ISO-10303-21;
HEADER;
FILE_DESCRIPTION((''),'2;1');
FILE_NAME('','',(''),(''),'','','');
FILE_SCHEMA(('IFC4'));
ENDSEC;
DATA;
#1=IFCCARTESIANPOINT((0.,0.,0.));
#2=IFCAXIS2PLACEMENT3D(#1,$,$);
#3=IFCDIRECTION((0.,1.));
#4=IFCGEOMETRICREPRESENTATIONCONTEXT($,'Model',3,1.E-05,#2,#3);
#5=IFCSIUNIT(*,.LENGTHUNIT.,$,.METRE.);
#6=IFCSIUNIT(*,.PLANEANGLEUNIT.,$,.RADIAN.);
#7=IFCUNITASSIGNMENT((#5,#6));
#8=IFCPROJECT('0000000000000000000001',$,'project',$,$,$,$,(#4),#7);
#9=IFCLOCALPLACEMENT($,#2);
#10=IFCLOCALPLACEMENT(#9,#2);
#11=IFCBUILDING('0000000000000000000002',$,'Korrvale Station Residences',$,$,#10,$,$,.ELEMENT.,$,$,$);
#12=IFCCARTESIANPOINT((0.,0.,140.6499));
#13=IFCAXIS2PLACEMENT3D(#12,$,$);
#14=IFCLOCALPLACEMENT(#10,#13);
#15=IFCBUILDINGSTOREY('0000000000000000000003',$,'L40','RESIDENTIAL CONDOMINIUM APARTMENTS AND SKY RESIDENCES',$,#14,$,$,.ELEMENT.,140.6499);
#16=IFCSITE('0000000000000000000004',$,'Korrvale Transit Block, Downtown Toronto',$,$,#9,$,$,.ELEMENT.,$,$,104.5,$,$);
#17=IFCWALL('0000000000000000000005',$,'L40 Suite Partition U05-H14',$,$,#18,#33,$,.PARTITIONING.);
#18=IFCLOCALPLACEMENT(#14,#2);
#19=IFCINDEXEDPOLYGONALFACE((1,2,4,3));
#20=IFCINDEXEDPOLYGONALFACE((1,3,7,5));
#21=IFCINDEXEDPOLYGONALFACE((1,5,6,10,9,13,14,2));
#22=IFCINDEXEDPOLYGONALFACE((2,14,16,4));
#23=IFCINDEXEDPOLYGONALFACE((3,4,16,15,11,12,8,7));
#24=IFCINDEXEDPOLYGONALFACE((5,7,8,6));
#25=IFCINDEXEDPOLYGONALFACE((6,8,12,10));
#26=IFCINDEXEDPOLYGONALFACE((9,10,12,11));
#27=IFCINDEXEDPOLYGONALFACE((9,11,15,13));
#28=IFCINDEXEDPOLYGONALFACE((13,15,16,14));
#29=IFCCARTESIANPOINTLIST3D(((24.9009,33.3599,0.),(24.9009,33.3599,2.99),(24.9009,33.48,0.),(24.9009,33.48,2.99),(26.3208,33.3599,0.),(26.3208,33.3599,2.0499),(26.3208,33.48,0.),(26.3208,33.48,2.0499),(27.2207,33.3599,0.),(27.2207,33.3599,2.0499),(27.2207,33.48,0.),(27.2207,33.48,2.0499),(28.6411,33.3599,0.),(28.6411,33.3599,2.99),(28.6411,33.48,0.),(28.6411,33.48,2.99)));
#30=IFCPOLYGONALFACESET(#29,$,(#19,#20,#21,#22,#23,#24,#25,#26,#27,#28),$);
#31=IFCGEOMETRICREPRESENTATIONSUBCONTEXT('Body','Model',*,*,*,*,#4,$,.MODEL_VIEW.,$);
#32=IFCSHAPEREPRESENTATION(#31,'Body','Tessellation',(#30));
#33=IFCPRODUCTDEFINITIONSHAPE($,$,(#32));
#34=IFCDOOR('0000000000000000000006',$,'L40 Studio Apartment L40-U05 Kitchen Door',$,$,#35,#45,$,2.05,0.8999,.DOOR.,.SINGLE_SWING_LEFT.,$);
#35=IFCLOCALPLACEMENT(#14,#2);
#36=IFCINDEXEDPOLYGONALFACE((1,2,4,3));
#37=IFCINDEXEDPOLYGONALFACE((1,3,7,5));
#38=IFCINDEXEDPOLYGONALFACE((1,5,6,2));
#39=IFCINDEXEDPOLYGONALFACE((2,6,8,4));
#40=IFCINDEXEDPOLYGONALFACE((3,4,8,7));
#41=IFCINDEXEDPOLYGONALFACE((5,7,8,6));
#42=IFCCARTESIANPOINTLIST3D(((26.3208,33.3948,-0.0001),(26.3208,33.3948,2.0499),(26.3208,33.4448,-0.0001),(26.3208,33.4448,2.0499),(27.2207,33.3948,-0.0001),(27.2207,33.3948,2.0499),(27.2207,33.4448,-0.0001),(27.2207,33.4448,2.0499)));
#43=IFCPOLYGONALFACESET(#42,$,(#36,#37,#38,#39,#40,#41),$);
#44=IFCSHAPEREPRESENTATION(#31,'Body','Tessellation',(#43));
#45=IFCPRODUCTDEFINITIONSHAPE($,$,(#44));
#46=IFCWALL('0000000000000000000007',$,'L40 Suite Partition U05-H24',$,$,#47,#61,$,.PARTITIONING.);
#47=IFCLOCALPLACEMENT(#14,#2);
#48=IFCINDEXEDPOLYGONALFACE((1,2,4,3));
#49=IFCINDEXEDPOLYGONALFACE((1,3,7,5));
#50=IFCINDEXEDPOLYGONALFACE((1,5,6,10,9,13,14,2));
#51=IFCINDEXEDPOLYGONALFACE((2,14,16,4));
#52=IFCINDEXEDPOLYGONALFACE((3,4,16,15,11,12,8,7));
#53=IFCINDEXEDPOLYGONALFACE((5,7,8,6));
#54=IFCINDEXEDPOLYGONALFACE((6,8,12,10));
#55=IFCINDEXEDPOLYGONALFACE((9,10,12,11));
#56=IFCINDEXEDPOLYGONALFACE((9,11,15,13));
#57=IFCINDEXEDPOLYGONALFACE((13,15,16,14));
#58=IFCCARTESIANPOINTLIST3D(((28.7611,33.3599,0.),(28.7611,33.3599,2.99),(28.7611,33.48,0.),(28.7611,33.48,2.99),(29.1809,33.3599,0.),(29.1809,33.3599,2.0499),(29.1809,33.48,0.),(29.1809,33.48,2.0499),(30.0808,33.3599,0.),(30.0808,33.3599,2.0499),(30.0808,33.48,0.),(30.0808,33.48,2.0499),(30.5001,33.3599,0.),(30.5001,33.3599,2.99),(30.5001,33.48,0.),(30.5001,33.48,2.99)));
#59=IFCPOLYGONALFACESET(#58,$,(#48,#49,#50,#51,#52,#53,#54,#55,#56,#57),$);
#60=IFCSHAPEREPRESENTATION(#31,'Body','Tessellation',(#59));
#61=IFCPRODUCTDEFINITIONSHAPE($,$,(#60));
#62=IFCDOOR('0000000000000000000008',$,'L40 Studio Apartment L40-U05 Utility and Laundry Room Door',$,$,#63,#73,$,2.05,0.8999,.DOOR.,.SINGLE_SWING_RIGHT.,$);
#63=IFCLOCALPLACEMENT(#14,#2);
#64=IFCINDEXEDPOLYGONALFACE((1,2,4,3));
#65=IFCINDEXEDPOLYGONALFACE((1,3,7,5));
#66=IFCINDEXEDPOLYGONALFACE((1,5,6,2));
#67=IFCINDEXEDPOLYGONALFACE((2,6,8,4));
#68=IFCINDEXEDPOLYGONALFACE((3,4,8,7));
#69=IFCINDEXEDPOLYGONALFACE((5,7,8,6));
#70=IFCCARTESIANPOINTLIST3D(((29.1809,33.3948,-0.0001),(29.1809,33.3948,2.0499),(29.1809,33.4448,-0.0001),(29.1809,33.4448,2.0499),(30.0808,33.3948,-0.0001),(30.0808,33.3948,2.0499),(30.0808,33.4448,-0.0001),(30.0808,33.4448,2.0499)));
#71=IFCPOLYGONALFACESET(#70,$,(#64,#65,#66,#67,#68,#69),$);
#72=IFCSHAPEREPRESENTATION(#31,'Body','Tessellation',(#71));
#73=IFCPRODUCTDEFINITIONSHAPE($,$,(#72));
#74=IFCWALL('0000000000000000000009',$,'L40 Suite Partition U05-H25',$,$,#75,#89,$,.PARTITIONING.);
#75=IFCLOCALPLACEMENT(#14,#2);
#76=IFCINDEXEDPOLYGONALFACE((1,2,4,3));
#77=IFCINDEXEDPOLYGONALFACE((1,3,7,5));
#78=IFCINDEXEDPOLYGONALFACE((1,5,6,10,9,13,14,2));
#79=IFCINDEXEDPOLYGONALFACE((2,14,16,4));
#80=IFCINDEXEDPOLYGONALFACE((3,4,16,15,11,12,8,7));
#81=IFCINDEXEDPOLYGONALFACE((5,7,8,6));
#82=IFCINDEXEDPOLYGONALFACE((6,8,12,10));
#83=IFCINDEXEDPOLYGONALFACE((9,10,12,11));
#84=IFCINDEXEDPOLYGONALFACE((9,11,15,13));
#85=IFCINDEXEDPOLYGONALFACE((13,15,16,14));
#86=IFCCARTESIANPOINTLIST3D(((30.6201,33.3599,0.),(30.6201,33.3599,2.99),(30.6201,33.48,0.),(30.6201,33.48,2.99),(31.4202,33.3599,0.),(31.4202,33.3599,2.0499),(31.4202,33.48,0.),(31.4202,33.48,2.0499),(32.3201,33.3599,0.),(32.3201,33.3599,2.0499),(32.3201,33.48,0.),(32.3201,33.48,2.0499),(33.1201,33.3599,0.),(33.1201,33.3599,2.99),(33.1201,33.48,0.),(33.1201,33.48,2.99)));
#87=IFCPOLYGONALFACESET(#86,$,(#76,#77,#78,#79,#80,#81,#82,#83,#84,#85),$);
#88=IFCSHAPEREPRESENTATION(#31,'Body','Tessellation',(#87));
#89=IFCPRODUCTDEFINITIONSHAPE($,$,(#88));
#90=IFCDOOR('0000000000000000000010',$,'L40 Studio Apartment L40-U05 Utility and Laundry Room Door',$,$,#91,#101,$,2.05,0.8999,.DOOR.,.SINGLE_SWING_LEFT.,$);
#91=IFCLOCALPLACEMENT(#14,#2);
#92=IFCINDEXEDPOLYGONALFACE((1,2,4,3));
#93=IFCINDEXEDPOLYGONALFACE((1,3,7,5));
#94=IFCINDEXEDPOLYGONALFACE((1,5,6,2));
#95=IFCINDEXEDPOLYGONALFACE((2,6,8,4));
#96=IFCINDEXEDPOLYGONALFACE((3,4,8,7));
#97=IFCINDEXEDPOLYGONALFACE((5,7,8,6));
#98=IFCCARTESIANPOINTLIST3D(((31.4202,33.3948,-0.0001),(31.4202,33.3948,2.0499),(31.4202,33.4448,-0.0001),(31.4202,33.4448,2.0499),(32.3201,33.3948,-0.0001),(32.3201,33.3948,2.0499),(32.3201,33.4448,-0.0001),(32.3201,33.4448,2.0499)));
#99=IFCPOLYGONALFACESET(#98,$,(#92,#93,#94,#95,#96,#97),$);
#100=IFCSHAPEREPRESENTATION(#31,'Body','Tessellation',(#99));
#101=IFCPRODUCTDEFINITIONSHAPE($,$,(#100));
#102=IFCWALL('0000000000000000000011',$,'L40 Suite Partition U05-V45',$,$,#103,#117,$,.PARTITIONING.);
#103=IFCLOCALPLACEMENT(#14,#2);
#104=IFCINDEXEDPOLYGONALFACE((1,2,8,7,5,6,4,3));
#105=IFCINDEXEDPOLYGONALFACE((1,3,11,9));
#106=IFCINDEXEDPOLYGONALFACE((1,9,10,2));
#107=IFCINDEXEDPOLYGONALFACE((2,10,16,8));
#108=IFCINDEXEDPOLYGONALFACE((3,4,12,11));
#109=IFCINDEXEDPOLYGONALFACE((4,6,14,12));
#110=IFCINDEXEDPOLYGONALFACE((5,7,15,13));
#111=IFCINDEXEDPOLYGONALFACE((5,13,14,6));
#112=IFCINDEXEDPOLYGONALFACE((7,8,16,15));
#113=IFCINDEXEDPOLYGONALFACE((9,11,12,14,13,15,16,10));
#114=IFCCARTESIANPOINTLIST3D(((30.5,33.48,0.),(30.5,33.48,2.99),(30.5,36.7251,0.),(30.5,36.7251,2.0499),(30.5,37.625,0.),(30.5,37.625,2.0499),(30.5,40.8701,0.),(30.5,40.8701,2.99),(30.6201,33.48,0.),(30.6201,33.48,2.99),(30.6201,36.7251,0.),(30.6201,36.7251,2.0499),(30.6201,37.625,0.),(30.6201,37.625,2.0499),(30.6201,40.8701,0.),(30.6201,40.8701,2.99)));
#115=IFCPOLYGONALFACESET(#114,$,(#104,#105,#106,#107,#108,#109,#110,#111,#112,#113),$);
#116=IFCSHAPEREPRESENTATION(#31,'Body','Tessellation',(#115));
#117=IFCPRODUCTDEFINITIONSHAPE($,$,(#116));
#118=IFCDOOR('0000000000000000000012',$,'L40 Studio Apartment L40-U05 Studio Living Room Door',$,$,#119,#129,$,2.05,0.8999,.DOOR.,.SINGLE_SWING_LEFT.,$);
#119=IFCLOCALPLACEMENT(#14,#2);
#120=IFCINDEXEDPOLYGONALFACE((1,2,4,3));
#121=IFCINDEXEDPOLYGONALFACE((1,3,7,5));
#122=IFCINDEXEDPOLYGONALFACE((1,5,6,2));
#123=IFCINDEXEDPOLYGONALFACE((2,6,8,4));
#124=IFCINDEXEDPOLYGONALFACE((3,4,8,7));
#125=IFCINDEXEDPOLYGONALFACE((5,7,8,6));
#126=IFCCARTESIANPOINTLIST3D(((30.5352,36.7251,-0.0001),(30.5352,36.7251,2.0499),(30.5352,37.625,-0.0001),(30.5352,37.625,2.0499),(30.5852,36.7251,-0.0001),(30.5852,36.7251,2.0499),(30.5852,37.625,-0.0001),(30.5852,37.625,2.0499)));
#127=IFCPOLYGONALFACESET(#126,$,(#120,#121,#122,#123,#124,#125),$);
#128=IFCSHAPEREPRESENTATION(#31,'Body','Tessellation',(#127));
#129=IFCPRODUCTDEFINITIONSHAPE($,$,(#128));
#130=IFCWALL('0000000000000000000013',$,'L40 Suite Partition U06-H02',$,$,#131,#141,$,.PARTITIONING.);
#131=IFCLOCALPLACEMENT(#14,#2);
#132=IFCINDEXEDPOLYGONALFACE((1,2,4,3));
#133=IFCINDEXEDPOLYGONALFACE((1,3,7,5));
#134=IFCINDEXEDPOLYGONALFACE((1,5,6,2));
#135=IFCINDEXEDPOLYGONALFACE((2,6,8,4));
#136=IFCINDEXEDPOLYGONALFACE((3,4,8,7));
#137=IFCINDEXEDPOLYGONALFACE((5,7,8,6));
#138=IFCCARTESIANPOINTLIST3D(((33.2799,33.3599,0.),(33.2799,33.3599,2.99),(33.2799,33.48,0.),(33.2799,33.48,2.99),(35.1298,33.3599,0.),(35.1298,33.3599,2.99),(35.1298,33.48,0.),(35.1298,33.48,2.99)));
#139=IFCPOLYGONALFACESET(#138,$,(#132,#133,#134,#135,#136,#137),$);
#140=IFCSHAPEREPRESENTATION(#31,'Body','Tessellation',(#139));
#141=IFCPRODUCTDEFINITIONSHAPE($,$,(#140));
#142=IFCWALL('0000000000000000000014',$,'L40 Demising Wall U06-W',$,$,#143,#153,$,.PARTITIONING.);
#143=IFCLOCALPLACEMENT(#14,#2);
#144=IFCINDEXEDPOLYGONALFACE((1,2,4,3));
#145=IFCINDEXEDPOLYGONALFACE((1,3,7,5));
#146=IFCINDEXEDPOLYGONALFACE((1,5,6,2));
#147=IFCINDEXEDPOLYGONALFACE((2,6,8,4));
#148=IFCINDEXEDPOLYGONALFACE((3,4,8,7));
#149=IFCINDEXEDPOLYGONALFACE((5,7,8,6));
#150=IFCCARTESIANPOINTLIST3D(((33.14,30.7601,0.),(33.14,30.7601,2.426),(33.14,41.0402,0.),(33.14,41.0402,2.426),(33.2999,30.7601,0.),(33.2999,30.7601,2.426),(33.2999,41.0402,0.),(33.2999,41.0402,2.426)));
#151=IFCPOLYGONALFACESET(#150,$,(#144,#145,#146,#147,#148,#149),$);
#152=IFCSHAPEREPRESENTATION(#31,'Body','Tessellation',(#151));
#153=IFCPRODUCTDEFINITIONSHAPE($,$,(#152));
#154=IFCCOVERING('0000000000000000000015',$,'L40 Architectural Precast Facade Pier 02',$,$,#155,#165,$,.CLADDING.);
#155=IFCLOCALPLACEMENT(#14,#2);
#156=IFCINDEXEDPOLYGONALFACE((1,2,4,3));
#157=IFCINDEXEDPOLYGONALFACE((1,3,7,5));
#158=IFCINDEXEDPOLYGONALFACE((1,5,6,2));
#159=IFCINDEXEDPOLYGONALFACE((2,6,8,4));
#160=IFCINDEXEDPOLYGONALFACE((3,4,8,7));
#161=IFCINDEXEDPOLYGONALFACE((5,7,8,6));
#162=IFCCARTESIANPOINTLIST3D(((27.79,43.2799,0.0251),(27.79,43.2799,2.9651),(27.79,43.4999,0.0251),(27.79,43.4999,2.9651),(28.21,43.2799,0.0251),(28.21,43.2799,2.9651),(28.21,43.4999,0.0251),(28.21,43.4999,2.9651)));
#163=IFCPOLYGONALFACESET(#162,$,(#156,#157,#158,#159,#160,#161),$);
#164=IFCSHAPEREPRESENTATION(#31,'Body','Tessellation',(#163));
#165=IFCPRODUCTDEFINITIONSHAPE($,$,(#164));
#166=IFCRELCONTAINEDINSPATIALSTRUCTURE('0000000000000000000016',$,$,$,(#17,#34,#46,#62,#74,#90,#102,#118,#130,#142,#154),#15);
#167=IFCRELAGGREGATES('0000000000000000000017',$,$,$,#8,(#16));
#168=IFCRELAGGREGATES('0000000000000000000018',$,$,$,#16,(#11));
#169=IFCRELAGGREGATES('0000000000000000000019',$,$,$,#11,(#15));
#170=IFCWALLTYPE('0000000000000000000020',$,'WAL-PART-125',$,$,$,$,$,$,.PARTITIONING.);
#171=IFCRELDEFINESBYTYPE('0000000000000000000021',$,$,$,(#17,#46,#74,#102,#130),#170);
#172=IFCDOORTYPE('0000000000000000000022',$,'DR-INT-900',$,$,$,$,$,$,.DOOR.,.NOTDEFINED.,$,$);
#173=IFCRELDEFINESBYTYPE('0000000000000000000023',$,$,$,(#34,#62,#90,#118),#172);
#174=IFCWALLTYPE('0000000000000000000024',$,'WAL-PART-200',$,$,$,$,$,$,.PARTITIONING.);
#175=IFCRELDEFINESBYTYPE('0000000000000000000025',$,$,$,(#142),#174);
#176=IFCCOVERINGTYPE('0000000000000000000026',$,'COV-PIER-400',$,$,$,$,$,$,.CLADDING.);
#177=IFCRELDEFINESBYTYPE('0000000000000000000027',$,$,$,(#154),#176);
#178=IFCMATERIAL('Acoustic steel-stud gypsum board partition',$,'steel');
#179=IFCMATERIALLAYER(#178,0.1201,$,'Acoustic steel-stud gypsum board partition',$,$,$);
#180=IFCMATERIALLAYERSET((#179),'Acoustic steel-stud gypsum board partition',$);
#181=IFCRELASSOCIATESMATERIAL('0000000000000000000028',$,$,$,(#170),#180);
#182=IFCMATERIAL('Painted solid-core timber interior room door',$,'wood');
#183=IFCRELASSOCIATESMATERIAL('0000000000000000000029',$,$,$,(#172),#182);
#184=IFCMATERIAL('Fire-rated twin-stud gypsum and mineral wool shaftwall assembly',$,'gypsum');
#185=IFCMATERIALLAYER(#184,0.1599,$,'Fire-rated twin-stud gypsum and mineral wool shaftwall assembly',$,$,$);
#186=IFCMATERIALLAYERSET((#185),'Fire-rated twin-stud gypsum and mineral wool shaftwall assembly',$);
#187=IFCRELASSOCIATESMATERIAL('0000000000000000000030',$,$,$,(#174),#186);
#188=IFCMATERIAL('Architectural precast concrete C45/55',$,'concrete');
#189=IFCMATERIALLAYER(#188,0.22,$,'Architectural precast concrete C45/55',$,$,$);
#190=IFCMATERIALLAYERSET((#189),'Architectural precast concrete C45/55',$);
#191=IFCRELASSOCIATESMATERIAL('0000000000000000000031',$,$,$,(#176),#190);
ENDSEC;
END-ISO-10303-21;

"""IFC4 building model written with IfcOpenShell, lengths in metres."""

from ifc_helpers import new_model, si_unit, direction, frame, frame_2d, origin, origin_2d, place, context, subcontext, project, spatial, rectangle, extrude, material, layer, layer_set, type_object, element, fill, save


model = new_model("IFC4")

# Units and contexts
model_context = context("Model", 3, precision=1e-05, world=origin(), true_north=direction((0.0, 1.0)))
body_context = subcontext(model_context, "Body", "Model", "MODEL_VIEW")
ifc_project = project(units=[si_unit("LENGTHUNIT", "METRE"), si_unit("PLANEANGLEUNIT", "RADIAN")], contexts=[model_context])

# Site, building, storey
site_placement = place(None, origin())
site = spatial("IfcSite", under=ifc_project, at=site_placement, Name="Korrvale Transit Block, Downtown Toronto", CompositionType="ELEMENT", RefElevation=104.5)
building_placement = place(site_placement, origin())
building = spatial("IfcBuilding", under=site, at=building_placement, Name="Korrvale Station Residences", CompositionType="ELEMENT")
storey_placement = place(building_placement, frame((0.0, 0.0, 140.6499)))
storey = spatial("IfcBuildingStorey", under=building, at=storey_placement, Name="L40", Description="RESIDENTIAL CONDOMINIUM APARTMENTS AND SKY RESIDENCES", CompositionType="ELEMENT", Elevation=140.6499)

# Walls, openings, doors
ifc_material_1 = material(Name="Acoustic steel-stud gypsum board partition", Category="steel")
ifc_layer_1 = layer(ifc_material_1, 0.1201, Name="Acoustic steel-stud gypsum board partition")
ifc_layer_set_1 = layer_set([ifc_layer_1], Name="Acoustic steel-stud gypsum board partition")
wall_type_1 = type_object("IfcWallType", Name="WAL-PART-125", PredefinedType="PARTITIONING", material=ifc_layer_set_1)
ifc_material_2 = material(Name="Painted solid-core timber interior room door", Category="wood")
door_type_1 = type_object("IfcDoorType", Name="DR-INT-900", OperationType="NOTDEFINED", PredefinedType="DOOR", material=ifc_material_2)
wall_1_placement = place(storey_placement, frame((24.9009, 33.4199, 0.0), z_axis=(0.0, 0.0, 1.0), x_axis=(1.0, 0.0, 0.0)))
wall_1 = element("IfcWall", 1, at=wall_1_placement, inside=storey, type_object=wall_type_1, Name="L40 Suite Partition U05-H14", PredefinedType="PARTITIONING", context=body_context, shape_type="SweptSolid", body=[
    extrude(rectangle(XDim=3.7402, YDim=0.1201, at=frame_2d((1.8701, 0.0))), origin(), (0.0, 0.0, 1.0), 2.99),
])
opening_1_placement = place(wall_1_placement, frame((1.4199, 0.0, 0.0)))
opening_1 = element("IfcOpeningElement", 2, at=opening_1_placement, cuts=wall_1, PredefinedType="OPENING", context=body_context, shape_type="SweptSolid", body=[
    extrude(rectangle(XDim=0.8999, YDim=2.05, at=frame_2d((0.45, 1.0249))), frame((0.0, 0.0701, 0.0), z_axis=(0.0, -1.0, 0.0), x_axis=(1.0, 0.0, 0.0)), (0.0, 0.0, 1.0), 0.1401),
])
door_1_placement = place(opening_1_placement, origin())
door_1 = element("IfcDoor", 3, at=door_1_placement, inside=storey, type_object=door_type_1, Name="L40 Studio Apartment L40-U05 Kitchen Door", OperationType="SINGLE_SWING_LEFT", OverallHeight=2.05, OverallWidth=0.8999, PredefinedType="DOOR", context=body_context, shape_type="SweptSolid", body=[
    extrude(rectangle(XDim=0.8999, YDim=2.05, at=frame_2d((0.45, 1.0249))), frame((0.0, 0.0249, 0.0), z_axis=(0.0, -1.0, 0.0), x_axis=(1.0, 0.0, 0.0)), (0.0, 0.0, 1.0), 0.05),
])
fill(opening_1, door_1)
wall_2_placement = place(storey_placement, frame((28.761, 33.4199, 0.0), z_axis=(0.0, 0.0, 1.0), x_axis=(1.0, 0.0, 0.0)))
wall_2 = element("IfcWall", 4, at=wall_2_placement, inside=storey, type_object=wall_type_1, Name="L40 Suite Partition U05-H24", PredefinedType="PARTITIONING", context=body_context, shape_type="SweptSolid", body=[
    extrude(rectangle(XDim=1.739, YDim=0.1201, at=frame_2d((0.8696, 0.0))), origin(), (0.0, 0.0, 1.0), 2.99),
])
opening_2_placement = place(wall_2_placement, frame((0.4199, 0.0, 0.0)))
opening_2 = element("IfcOpeningElement", 5, at=opening_2_placement, cuts=wall_2, PredefinedType="OPENING", context=body_context, shape_type="SweptSolid", body=[
    extrude(rectangle(XDim=0.8999, YDim=2.05, at=frame_2d((0.45, 1.0249))), frame((0.0, 0.0701, 0.0), z_axis=(0.0, -1.0, 0.0), x_axis=(1.0, 0.0, 0.0)), (0.0, 0.0, 1.0), 0.1401),
])
door_2_placement = place(opening_2_placement, origin())
door_2 = element("IfcDoor", 6, at=door_2_placement, inside=storey, type_object=door_type_1, Name="L40 Studio Apartment L40-U05 Utility and Laundry Room Door", OperationType="SINGLE_SWING_RIGHT", OverallHeight=2.05, OverallWidth=0.8999, PredefinedType="DOOR", context=body_context, shape_type="SweptSolid", body=[
    extrude(rectangle(XDim=0.8999, YDim=2.05, at=frame_2d((0.45, 1.0249))), frame((0.0, 0.0249, 0.0), z_axis=(0.0, -1.0, 0.0), x_axis=(1.0, 0.0, 0.0)), (0.0, 0.0, 1.0), 0.05),
])
fill(opening_2, door_2)
wall_3_placement = place(storey_placement, frame((30.6201, 33.4199, 0.0), z_axis=(0.0, 0.0, 1.0), x_axis=(1.0, 0.0, 0.0)))
wall_3 = element("IfcWall", 7, at=wall_3_placement, inside=storey, type_object=wall_type_1, Name="L40 Suite Partition U05-H25", PredefinedType="PARTITIONING", context=body_context, shape_type="SweptSolid", body=[
    extrude(rectangle(XDim=2.5, YDim=0.1201, at=frame_2d((1.25, 0.0))), origin(), (0.0, 0.0, 1.0), 2.99),
])
opening_3_placement = place(wall_3_placement, frame((0.8, 0.0, 0.0)))
opening_3 = element("IfcOpeningElement", 8, at=opening_3_placement, cuts=wall_3, PredefinedType="OPENING", context=body_context, shape_type="SweptSolid", body=[
    extrude(rectangle(XDim=0.8999, YDim=2.05, at=frame_2d((0.45, 1.0249))), frame((0.0, 0.0701, 0.0), z_axis=(0.0, -1.0, 0.0), x_axis=(1.0, 0.0, 0.0)), (0.0, 0.0, 1.0), 0.1401),
])
door_3_placement = place(opening_3_placement, origin())
door_3 = element("IfcDoor", 9, at=door_3_placement, inside=storey, type_object=door_type_1, Name="L40 Studio Apartment L40-U05 Utility and Laundry Room Door", OperationType="SINGLE_SWING_LEFT", OverallHeight=2.05, OverallWidth=0.8999, PredefinedType="DOOR", context=body_context, shape_type="SweptSolid", body=[
    extrude(rectangle(XDim=0.8999, YDim=2.05, at=frame_2d((0.45, 1.0249))), frame((0.0, 0.0249, 0.0), z_axis=(0.0, -1.0, 0.0), x_axis=(1.0, 0.0, 0.0)), (0.0, 0.0, 1.0), 0.05),
])
fill(opening_3, door_3)
wall_4_placement = place(storey_placement, frame((30.5601, 33.48, 0.0), z_axis=(0.0, 0.0, 1.0), x_axis=(0.0, 1.0, 0.0)))
wall_4 = element("IfcWall", 10, at=wall_4_placement, inside=storey, type_object=wall_type_1, Name="L40 Suite Partition U05-V45", PredefinedType="PARTITIONING", context=body_context, shape_type="SweptSolid", body=[
    extrude(rectangle(XDim=7.3901, YDim=0.1201, at=frame_2d((3.6951, 0.0))), origin(), (0.0, 0.0, 1.0), 2.99),
])
opening_4_placement = place(wall_4_placement, frame((3.2451, 0.0, 0.0)))
opening_4 = element("IfcOpeningElement", 11, at=opening_4_placement, cuts=wall_4, PredefinedType="OPENING", context=body_context, shape_type="SweptSolid", body=[
    extrude(rectangle(XDim=0.8999, YDim=2.05, at=frame_2d((0.45, 1.0249))), frame((0.0, 0.0701, 0.0), z_axis=(0.0, -1.0, 0.0), x_axis=(1.0, 0.0, 0.0)), (0.0, 0.0, 1.0), 0.1401),
])
door_4_placement = place(opening_4_placement, origin())
door_4 = element("IfcDoor", 12, at=door_4_placement, inside=storey, type_object=door_type_1, Name="L40 Studio Apartment L40-U05 Studio Living Room Door", OperationType="SINGLE_SWING_LEFT", OverallHeight=2.05, OverallWidth=0.8999, PredefinedType="DOOR", context=body_context, shape_type="SweptSolid", body=[
    extrude(rectangle(XDim=0.8999, YDim=2.05, at=frame_2d((0.45, 1.0249))), frame((0.0, 0.0249, 0.0), z_axis=(0.0, -1.0, 0.0), x_axis=(1.0, 0.0, 0.0)), (0.0, 0.0, 1.0), 0.05),
])
fill(opening_4, door_4)

# Walls
wall_5_placement = place(storey_placement, frame((33.28, 33.4199, 0.0), z_axis=(0.0, 0.0, 1.0), x_axis=(1.0, 0.0, 0.0)))
element("IfcWall", 13, at=wall_5_placement, inside=storey, type_object=wall_type_1, Name="L40 Suite Partition U06-H02", PredefinedType="PARTITIONING", context=body_context, shape_type="SweptSolid", body=[
    extrude(rectangle(XDim=1.8499, YDim=0.1201, at=frame_2d((0.9248, 0.0))), origin(), (0.0, 0.0, 1.0), 2.99),
])
ifc_material_3 = material(Name="Fire-rated twin-stud gypsum and mineral wool shaftwall assembly", Category="gypsum")
ifc_layer_2 = layer(ifc_material_3, 0.1599, Name="Fire-rated twin-stud gypsum and mineral wool shaftwall assembly")
ifc_layer_set_2 = layer_set([ifc_layer_2], Name="Fire-rated twin-stud gypsum and mineral wool shaftwall assembly")
wall_type_2 = type_object("IfcWallType", Name="WAL-PART-200", PredefinedType="PARTITIONING", material=ifc_layer_set_2)
wall_6_placement = place(storey_placement, frame((33.22, 30.76, 0.0), z_axis=(0.0, 0.0, 1.0), x_axis=(0.0, 1.0, 0.0)))
element("IfcWall", 14, at=wall_6_placement, inside=storey, type_object=wall_type_2, Name="L40 Demising Wall U06-W", PredefinedType="PARTITIONING", context=body_context, shape_type="SweptSolid", body=[
    extrude(rectangle(XDim=10.28, YDim=0.1599, at=frame_2d((5.1401, 0.0))), origin(), (0.0, 0.0, 1.0), 2.426),
])

# Covering
ifc_material_4 = material(Name="Architectural precast concrete C45/55", Category="concrete")
ifc_layer_3 = layer(ifc_material_4, 0.22, Name="Architectural precast concrete C45/55")
ifc_layer_set_3 = layer_set([ifc_layer_3], Name="Architectural precast concrete C45/55")
covering_type = type_object("IfcCoveringType", Name="COV-PIER-400", PredefinedType="CLADDING", material=ifc_layer_set_3)
covering_placement = place(storey_placement, frame((28.0, 43.3899, 0.0251), z_axis=(0.0, 0.0, 1.0), x_axis=(1.0, 0.0, 0.0)))
element("IfcCovering", 15, at=covering_placement, inside=storey, type_object=covering_type, Name="L40 Architectural Precast Facade Pier 02", PredefinedType="CLADDING", context=body_context, shape_type="SweptSolid", body=[
    extrude(rectangle(XDim=0.4199, YDim=0.22, at=origin_2d()), origin(), (0.0, 0.0, 1.0), 2.9399),
])

save(model, "model.ifc")
